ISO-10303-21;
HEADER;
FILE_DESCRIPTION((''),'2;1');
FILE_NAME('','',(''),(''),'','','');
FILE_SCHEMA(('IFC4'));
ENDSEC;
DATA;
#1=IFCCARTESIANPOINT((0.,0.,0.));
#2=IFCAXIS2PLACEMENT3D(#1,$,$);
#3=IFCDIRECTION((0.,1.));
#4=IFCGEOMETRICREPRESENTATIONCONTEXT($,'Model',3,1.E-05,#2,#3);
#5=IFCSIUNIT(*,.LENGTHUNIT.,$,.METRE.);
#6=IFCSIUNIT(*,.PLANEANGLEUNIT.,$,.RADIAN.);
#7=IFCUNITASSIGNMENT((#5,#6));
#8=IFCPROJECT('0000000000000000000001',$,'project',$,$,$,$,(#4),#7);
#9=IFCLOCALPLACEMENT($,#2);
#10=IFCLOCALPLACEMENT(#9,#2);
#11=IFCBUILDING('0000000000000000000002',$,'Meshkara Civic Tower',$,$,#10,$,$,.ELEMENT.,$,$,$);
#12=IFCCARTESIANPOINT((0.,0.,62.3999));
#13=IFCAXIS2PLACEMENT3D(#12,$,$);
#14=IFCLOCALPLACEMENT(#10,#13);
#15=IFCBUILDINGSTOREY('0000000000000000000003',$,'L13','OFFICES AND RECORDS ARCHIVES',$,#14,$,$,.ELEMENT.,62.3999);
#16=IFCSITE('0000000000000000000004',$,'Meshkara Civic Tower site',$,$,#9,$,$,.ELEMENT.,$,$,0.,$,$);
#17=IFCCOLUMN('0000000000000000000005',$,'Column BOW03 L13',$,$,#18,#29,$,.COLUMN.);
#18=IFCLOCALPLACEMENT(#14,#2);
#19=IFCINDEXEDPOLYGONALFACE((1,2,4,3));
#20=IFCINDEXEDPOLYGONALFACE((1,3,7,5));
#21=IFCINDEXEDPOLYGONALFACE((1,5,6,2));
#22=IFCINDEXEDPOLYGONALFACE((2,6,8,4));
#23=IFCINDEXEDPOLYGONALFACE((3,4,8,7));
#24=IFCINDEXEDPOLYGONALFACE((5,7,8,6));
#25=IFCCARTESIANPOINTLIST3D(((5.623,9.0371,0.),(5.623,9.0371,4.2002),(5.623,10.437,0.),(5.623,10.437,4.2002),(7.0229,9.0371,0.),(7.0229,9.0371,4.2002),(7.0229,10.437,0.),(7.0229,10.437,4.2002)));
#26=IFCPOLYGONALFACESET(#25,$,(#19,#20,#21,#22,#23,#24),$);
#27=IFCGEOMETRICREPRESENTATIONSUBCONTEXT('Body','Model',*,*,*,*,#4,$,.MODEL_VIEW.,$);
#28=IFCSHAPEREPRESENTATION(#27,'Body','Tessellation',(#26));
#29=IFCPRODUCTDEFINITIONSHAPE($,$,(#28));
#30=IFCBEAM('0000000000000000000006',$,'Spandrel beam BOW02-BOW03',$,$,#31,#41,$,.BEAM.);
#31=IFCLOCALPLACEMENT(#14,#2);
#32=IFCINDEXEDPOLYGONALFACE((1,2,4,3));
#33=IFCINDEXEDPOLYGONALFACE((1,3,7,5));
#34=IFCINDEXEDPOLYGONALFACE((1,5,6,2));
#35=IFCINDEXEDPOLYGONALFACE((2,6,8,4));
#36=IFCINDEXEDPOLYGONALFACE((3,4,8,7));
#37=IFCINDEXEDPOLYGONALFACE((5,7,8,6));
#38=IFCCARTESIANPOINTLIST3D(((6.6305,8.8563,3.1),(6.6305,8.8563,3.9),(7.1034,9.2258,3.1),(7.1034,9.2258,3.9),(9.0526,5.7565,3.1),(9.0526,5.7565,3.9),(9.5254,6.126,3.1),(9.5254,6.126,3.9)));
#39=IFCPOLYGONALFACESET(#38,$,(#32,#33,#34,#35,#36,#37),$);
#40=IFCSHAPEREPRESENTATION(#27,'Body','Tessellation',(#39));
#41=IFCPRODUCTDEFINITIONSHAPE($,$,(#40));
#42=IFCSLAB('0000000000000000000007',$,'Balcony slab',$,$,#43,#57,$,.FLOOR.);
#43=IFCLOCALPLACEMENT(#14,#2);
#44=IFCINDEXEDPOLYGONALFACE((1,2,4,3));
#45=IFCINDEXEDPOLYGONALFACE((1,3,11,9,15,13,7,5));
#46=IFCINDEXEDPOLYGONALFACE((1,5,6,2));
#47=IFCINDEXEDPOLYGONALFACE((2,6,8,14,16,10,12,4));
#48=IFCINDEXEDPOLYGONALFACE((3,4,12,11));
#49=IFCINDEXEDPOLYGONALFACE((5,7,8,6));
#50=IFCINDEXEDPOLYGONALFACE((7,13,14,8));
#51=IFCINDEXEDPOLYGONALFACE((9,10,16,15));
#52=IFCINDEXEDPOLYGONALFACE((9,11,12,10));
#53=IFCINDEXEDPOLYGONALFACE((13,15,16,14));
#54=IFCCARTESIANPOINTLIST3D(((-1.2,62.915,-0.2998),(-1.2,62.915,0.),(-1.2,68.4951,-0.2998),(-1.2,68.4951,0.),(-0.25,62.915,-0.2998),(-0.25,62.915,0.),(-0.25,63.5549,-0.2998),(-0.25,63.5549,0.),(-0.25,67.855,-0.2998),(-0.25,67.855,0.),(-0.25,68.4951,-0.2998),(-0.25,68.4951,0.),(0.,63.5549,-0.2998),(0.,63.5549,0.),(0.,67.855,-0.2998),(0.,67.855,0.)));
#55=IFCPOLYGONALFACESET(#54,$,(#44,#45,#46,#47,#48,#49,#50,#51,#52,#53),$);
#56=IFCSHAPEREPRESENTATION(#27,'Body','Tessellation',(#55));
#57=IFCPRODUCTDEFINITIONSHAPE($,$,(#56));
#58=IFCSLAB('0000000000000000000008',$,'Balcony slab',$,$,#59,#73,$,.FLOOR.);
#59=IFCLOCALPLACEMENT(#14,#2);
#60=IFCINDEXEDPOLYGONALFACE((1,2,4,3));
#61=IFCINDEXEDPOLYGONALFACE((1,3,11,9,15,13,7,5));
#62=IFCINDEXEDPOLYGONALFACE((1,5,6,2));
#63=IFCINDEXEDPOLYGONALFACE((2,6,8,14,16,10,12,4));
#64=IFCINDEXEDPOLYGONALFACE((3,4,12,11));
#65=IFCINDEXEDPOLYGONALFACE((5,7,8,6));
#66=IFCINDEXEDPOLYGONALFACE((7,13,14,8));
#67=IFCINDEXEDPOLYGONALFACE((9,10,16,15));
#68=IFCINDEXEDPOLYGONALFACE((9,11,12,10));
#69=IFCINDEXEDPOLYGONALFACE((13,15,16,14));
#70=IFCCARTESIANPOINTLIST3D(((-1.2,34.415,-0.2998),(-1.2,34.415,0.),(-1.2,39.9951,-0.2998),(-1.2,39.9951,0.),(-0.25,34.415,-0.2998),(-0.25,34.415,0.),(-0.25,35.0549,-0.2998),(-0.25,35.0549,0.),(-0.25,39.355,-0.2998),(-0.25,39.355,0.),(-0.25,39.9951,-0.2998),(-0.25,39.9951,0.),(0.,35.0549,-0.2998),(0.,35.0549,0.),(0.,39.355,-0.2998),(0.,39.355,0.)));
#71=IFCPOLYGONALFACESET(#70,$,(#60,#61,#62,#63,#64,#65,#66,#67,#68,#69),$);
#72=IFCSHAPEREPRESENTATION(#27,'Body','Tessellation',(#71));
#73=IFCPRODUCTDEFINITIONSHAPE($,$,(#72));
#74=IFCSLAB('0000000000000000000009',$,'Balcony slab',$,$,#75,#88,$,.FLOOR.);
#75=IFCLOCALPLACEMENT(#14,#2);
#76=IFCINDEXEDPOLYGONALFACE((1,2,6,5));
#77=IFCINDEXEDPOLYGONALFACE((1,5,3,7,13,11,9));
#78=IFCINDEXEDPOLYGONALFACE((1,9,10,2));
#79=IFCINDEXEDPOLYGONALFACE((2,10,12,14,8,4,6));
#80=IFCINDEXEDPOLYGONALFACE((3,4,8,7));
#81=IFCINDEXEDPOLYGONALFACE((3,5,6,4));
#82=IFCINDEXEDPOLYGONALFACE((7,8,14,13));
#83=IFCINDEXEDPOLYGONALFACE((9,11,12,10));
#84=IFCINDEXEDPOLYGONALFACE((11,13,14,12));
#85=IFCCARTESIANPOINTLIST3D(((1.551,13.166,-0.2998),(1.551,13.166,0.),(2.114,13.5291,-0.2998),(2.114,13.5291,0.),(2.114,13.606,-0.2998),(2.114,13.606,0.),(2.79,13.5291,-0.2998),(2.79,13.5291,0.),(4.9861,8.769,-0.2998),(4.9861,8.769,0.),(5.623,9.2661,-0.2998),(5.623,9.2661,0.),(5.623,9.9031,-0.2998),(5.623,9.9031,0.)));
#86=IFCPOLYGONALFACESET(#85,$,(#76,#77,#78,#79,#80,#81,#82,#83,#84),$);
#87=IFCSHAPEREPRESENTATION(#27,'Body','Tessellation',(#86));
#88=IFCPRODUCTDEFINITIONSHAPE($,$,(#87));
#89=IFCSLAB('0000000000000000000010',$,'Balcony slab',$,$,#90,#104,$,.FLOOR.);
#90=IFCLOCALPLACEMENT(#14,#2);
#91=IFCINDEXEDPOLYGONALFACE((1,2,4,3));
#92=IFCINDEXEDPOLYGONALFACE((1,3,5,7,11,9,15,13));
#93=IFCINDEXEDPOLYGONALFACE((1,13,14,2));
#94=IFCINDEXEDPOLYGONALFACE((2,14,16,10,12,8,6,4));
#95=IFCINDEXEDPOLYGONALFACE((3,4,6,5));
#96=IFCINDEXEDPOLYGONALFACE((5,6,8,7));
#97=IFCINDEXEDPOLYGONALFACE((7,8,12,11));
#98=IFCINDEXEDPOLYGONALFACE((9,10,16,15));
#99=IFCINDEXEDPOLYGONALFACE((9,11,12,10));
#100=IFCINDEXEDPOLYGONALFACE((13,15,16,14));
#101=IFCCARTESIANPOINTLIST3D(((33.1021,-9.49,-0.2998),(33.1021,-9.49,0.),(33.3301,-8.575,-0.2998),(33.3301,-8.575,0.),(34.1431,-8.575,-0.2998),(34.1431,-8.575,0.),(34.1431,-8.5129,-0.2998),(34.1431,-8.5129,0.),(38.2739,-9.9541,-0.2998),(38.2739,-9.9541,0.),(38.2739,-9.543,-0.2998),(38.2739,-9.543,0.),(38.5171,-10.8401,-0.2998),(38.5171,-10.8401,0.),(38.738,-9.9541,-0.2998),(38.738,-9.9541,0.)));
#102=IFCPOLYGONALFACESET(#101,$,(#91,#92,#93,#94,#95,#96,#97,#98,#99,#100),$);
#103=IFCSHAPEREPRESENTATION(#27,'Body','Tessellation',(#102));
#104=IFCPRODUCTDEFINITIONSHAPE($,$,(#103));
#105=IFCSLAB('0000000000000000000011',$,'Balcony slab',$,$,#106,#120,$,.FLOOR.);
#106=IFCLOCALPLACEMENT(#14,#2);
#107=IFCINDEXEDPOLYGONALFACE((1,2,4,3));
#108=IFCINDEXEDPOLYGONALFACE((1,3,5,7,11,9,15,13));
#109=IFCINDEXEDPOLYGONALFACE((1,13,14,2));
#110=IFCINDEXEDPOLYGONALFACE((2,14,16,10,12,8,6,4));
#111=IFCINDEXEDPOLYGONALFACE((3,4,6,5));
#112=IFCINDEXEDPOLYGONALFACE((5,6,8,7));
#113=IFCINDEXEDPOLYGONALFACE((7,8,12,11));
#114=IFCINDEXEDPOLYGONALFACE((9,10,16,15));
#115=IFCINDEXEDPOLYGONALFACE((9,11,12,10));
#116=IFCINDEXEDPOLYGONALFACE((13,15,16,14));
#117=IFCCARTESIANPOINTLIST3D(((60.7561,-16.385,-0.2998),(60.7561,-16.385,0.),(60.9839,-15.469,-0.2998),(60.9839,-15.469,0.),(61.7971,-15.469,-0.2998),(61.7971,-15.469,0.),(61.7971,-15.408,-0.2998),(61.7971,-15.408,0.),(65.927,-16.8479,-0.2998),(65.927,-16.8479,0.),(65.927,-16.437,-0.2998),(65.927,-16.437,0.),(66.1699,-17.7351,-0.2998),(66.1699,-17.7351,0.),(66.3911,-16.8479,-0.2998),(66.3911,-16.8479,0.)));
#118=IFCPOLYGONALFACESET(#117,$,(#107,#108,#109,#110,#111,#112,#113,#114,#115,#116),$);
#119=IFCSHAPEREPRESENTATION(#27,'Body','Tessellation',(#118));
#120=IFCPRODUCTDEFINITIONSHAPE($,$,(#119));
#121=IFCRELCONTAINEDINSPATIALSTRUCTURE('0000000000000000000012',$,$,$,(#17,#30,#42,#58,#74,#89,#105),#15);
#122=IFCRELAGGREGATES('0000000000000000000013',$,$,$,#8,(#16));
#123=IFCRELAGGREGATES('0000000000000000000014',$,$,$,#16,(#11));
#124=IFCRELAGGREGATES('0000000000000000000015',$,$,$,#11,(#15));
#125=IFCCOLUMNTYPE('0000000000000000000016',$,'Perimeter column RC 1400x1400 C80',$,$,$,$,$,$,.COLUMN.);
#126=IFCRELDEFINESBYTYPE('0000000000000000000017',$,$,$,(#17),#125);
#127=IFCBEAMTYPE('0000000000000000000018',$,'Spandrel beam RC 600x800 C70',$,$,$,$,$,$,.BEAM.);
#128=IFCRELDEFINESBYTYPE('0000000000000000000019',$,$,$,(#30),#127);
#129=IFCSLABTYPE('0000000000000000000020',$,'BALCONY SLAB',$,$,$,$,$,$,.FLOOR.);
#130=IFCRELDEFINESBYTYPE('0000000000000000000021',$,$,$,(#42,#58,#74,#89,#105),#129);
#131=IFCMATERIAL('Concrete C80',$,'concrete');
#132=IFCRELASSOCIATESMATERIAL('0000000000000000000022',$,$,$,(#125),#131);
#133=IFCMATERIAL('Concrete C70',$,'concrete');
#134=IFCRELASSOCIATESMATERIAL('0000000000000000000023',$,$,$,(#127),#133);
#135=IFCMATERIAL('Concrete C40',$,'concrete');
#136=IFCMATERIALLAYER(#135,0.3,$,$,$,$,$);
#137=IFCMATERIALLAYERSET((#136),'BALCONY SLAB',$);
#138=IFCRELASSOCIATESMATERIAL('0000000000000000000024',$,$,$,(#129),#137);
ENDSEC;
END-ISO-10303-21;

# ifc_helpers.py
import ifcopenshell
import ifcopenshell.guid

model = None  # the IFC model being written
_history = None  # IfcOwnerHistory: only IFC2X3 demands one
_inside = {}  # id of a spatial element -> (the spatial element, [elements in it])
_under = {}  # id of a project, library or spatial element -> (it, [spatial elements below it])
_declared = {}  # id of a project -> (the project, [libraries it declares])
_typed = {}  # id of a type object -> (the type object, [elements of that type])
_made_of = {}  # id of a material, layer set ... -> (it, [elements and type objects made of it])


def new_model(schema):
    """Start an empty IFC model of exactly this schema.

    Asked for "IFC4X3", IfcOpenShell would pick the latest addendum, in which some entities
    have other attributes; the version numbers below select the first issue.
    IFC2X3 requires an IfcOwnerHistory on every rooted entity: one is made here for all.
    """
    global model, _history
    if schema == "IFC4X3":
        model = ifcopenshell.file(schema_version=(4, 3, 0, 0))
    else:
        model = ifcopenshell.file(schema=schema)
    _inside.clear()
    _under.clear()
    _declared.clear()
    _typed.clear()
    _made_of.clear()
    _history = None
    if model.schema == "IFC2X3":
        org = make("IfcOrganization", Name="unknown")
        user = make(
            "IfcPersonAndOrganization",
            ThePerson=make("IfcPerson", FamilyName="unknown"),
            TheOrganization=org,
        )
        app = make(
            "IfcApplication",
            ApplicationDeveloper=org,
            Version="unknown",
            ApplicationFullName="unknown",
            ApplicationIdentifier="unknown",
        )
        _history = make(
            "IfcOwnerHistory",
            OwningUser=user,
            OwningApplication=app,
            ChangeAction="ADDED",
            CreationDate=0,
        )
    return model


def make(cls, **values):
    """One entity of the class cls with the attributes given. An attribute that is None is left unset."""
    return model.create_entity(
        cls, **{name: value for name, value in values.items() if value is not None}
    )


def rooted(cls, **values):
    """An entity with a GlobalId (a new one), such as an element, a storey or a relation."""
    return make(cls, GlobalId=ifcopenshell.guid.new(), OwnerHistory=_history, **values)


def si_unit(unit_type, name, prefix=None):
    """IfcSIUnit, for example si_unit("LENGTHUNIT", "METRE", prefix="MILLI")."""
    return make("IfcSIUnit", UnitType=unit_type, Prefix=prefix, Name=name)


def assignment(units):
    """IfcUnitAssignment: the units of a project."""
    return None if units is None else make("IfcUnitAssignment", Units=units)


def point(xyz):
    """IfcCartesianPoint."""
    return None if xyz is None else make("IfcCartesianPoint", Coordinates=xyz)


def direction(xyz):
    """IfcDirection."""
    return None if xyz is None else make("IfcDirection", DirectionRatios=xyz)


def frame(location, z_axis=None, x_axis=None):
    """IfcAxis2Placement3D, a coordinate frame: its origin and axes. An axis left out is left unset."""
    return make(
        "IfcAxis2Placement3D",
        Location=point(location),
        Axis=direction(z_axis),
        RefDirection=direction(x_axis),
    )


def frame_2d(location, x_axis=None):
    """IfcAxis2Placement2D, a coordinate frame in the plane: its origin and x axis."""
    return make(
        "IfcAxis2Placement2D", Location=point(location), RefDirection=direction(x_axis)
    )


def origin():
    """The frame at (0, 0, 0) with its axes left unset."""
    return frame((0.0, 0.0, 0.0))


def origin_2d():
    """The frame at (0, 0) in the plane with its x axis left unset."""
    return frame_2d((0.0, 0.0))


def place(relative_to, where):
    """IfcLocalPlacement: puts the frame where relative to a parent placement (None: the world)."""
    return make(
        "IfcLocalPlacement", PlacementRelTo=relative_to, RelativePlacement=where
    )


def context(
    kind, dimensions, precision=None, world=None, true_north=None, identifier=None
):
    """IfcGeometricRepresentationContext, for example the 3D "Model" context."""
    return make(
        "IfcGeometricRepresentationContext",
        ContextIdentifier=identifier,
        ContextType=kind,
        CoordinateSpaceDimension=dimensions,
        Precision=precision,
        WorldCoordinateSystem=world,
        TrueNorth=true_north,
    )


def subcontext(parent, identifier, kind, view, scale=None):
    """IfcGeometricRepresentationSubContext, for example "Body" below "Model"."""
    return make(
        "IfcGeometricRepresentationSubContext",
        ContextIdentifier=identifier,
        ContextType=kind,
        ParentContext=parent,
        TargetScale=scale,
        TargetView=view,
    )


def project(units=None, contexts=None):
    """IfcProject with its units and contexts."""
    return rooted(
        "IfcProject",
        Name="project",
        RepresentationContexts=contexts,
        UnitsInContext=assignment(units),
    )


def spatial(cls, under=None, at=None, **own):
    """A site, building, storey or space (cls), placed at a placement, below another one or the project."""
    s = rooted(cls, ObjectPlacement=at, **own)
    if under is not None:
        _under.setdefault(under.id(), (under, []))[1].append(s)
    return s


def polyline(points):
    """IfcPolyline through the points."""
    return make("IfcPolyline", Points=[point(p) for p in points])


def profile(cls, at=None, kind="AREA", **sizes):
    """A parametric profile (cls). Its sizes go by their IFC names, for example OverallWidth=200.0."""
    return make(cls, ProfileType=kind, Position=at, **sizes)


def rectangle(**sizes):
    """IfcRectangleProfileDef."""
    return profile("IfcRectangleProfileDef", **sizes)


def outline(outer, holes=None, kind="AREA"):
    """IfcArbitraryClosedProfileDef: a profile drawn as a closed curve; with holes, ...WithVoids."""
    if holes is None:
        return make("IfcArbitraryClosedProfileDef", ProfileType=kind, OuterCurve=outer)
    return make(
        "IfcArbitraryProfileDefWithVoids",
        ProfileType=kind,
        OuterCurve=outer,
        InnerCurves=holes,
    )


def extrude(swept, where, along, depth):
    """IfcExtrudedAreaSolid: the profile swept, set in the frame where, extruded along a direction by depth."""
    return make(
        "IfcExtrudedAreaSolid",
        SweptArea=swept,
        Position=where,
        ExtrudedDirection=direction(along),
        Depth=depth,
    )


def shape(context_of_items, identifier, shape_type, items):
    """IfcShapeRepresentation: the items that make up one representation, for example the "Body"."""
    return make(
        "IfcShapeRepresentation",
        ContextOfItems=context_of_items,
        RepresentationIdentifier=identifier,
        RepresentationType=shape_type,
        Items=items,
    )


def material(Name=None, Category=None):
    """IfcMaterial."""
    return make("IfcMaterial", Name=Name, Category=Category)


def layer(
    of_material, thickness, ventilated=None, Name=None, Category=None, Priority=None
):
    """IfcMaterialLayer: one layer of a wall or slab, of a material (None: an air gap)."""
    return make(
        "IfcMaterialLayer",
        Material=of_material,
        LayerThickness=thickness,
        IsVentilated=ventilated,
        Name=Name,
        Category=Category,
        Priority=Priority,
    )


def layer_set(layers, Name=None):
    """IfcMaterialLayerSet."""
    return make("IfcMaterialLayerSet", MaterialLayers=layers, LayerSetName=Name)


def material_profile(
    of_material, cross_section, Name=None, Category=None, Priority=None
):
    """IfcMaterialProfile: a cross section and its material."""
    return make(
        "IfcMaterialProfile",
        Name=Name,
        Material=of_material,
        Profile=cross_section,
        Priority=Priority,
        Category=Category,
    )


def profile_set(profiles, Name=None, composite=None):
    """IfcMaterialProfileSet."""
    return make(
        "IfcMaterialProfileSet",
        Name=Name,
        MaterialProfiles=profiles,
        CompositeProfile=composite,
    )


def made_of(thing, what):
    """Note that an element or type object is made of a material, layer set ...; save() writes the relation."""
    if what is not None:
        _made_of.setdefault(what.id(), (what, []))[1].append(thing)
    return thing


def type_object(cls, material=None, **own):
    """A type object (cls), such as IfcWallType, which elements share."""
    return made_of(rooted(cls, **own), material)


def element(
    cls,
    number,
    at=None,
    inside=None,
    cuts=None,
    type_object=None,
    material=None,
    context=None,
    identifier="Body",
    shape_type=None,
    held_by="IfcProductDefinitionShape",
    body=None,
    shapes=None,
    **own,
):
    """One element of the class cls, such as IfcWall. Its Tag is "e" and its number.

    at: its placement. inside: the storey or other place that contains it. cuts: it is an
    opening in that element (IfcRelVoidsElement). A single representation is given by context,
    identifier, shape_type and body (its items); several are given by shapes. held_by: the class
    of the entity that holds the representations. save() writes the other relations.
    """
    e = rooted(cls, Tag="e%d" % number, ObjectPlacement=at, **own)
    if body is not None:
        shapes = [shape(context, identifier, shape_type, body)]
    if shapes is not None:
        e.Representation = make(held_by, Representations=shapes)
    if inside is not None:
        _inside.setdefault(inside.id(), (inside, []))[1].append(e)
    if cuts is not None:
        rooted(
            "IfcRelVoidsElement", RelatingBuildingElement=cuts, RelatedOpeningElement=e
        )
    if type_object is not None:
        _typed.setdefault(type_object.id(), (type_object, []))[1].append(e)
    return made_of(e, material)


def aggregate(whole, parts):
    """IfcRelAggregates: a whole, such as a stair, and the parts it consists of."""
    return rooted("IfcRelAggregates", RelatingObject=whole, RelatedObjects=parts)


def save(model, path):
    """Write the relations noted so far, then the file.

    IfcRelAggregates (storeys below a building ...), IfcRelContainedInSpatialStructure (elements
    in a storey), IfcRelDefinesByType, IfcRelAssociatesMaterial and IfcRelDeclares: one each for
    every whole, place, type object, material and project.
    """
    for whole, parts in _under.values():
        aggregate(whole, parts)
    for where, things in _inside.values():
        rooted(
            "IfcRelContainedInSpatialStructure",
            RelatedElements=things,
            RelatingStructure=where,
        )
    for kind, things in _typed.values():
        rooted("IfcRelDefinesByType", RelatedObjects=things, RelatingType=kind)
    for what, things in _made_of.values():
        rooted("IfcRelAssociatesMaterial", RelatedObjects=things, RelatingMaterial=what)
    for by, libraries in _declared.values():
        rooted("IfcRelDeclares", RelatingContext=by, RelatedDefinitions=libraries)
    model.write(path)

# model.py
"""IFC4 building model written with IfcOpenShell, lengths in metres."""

from ifc_helpers import new_model, si_unit, direction, frame, origin, origin_2d, place, context, subcontext, project, spatial, polyline, rectangle, outline, extrude, material, layer, layer_set, material_profile, profile_set, type_object, element, save


model = new_model("IFC4")

# Units and contexts
model_context = context("Model", 3, precision=1e-05, world=origin(), true_north=direction((0.0, 1.0)))
body_context = subcontext(model_context, "Body", "Model", "MODEL_VIEW")
ifc_project = project(units=[si_unit("LENGTHUNIT", "METRE"), si_unit("PLANEANGLEUNIT", "RADIAN")], contexts=[model_context])

# Site, building, storey
site_placement = place(None, origin())
site = spatial("IfcSite", under=ifc_project, at=site_placement, Name="Meshkara Civic Tower site", CompositionType="ELEMENT", RefElevation=0.0)
building_placement = place(site_placement, origin())
building = spatial("IfcBuilding", under=site, at=building_placement, Name="Meshkara Civic Tower", CompositionType="ELEMENT")
storey_placement = place(building_placement, frame((0.0, 0.0, 62.3999)))
storey = spatial("IfcBuildingStorey", under=building, at=storey_placement, Name="L13", Description="OFFICES AND RECORDS ARCHIVES", CompositionType="ELEMENT", Elevation=62.3999)

# Column
ifc_material_1 = material(Name="Concrete C80", Category="concrete")
ifc_material_profile_1 = material_profile(ifc_material_1, rectangle(XDim=1.3999, YDim=1.3999, at=origin_2d()))
ifc_profile_set_1 = profile_set([ifc_material_profile_1], Name="Concrete C80")
column_type = type_object("IfcColumnType", Name="Perimeter column RC 1400x1400 C80", PredefinedType="COLUMN", material=ifc_profile_set_1)
column_placement = place(storey_placement, frame((6.323, 9.7371, 0.0), z_axis=(0.0, 0.0, 1.0), x_axis=(1.0, 0.0, 0.0)))
element("IfcColumn", 1, at=column_placement, inside=storey, type_object=column_type, Name="Column BOW03 L13", PredefinedType="COLUMN", context=body_context, shape_type="SweptSolid", body=[
    extrude(rectangle(XDim=1.3999, YDim=1.3999, at=origin_2d()), origin(), (0.0, 0.0, 1.0), 4.2002),
])

# Beam
ifc_material_2 = material(Name="Concrete C70", Category="concrete")
ifc_material_profile_2 = material_profile(ifc_material_2, rectangle(XDim=0.6001, YDim=0.8, at=origin_2d()))
ifc_profile_set_2 = profile_set([ifc_material_profile_2], Name="Concrete C70")
beam_type = type_object("IfcBeamType", Name="Spandrel beam RC 600x800 C70", PredefinedType="BEAM", material=ifc_profile_set_2)
beam_placement = place(storey_placement, frame((6.8669, 9.041, 3.5), z_axis=(0.615701, -0.78798, 0.0), x_axis=(0.78798, 0.615701, 0.0)))
element("IfcBeam", 2, at=beam_placement, inside=storey, type_object=beam_type, Name="Spandrel beam BOW02-BOW03", PredefinedType="BEAM", context=body_context, shape_type="SweptSolid", body=[
    extrude(rectangle(XDim=0.6001, YDim=0.8, at=origin_2d()), origin(), (0.0, 0.0, 1.0), 3.9338),
])

# Slabs
ifc_material_3 = material(Name="Concrete C40", Category="concrete")
ifc_layer_1 = layer(ifc_material_3, 0.3)
ifc_layer_set_1 = layer_set([ifc_layer_1], Name="BALCONY SLAB")
slab_type_1 = type_object("IfcSlabType", Name="BALCONY SLAB", PredefinedType="FLOOR", material=ifc_layer_set_1)
slab_1_placement = place(storey_placement, frame((0.0, 0.0, -0.2998)))
element("IfcSlab", 3, at=slab_1_placement, inside=storey, type_object=slab_type_1, Name="Balcony slab", PredefinedType="FLOOR", context=body_context, shape_type="SweptSolid", body=[
    extrude(outline(polyline([(-1.2, 62.915), (-1.2, 68.4951), (-0.25, 68.4951), (-0.25, 67.855), (0.0, 67.855), (0.0, 63.5549), (-0.25, 63.5549), (-0.25, 62.915), (-1.2, 62.915)])), origin(), (0.0, 0.0, 1.0), 0.2998),
])
slab_2_placement = place(storey_placement, frame((0.0, 0.0, -0.2998)))
element("IfcSlab", 4, at=slab_2_placement, inside=storey, type_object=slab_type_1, Name="Balcony slab", PredefinedType="FLOOR", context=body_context, shape_type="SweptSolid", body=[
    extrude(outline(polyline([(-1.2, 34.415), (-1.2, 39.9951), (-0.25, 39.9951), (-0.25, 39.355), (0.0, 39.355), (0.0, 35.0549), (-0.25, 35.0549), (-0.25, 34.415), (-1.2, 34.415)])), origin(), (0.0, 0.0, 1.0), 0.2998),
])
slab_3_placement = place(storey_placement, frame((0.0, 0.0, -0.2998)))
element("IfcSlab", 5, at=slab_3_placement, inside=storey, type_object=slab_type_1, Name="Balcony slab", PredefinedType="FLOOR", context=body_context, shape_type="SweptSolid", body=[
    extrude(outline(polyline([(4.9861, 8.769), (1.551, 13.166), (2.114, 13.606), (2.114, 13.5291), (2.79, 13.5291), (5.623, 9.9031), (5.623, 9.2661), (4.9861, 8.769)])), origin(), (0.0, 0.0, 1.0), 0.2998),
])
slab_4_placement = place(storey_placement, frame((0.0, 0.0, -0.2998)))
element("IfcSlab", 6, at=slab_4_placement, inside=storey, type_object=slab_type_1, Name="Balcony slab", PredefinedType="FLOOR", context=body_context, shape_type="SweptSolid", body=[
    extrude(outline(polyline([(38.5171, -10.8401), (33.1021, -9.49), (33.3301, -8.575), (34.1431, -8.575), (34.1431, -8.5129), (38.2739, -9.543), (38.2739, -9.9541), (38.738, -9.9541), (38.5171, -10.8401)])), origin(), (0.0, 0.0, 1.0), 0.2998),
])
slab_5_placement = place(storey_placement, frame((0.0, 0.0, -0.2998)))
element("IfcSlab", 7, at=slab_5_placement, inside=storey, type_object=slab_type_1, Name="Balcony slab", PredefinedType="FLOOR", context=body_context, shape_type="SweptSolid", body=[
    extrude(outline(polyline([(66.1699, -17.7351), (60.7561, -16.385), (60.9839, -15.469), (61.7971, -15.469), (61.7971, -15.408), (65.927, -16.437), (65.927, -16.8479), (66.3911, -16.8479), (66.1699, -17.7351)])), origin(), (0.0, 0.0, 1.0), 0.2998),
])

save(model, "model.ifc")
